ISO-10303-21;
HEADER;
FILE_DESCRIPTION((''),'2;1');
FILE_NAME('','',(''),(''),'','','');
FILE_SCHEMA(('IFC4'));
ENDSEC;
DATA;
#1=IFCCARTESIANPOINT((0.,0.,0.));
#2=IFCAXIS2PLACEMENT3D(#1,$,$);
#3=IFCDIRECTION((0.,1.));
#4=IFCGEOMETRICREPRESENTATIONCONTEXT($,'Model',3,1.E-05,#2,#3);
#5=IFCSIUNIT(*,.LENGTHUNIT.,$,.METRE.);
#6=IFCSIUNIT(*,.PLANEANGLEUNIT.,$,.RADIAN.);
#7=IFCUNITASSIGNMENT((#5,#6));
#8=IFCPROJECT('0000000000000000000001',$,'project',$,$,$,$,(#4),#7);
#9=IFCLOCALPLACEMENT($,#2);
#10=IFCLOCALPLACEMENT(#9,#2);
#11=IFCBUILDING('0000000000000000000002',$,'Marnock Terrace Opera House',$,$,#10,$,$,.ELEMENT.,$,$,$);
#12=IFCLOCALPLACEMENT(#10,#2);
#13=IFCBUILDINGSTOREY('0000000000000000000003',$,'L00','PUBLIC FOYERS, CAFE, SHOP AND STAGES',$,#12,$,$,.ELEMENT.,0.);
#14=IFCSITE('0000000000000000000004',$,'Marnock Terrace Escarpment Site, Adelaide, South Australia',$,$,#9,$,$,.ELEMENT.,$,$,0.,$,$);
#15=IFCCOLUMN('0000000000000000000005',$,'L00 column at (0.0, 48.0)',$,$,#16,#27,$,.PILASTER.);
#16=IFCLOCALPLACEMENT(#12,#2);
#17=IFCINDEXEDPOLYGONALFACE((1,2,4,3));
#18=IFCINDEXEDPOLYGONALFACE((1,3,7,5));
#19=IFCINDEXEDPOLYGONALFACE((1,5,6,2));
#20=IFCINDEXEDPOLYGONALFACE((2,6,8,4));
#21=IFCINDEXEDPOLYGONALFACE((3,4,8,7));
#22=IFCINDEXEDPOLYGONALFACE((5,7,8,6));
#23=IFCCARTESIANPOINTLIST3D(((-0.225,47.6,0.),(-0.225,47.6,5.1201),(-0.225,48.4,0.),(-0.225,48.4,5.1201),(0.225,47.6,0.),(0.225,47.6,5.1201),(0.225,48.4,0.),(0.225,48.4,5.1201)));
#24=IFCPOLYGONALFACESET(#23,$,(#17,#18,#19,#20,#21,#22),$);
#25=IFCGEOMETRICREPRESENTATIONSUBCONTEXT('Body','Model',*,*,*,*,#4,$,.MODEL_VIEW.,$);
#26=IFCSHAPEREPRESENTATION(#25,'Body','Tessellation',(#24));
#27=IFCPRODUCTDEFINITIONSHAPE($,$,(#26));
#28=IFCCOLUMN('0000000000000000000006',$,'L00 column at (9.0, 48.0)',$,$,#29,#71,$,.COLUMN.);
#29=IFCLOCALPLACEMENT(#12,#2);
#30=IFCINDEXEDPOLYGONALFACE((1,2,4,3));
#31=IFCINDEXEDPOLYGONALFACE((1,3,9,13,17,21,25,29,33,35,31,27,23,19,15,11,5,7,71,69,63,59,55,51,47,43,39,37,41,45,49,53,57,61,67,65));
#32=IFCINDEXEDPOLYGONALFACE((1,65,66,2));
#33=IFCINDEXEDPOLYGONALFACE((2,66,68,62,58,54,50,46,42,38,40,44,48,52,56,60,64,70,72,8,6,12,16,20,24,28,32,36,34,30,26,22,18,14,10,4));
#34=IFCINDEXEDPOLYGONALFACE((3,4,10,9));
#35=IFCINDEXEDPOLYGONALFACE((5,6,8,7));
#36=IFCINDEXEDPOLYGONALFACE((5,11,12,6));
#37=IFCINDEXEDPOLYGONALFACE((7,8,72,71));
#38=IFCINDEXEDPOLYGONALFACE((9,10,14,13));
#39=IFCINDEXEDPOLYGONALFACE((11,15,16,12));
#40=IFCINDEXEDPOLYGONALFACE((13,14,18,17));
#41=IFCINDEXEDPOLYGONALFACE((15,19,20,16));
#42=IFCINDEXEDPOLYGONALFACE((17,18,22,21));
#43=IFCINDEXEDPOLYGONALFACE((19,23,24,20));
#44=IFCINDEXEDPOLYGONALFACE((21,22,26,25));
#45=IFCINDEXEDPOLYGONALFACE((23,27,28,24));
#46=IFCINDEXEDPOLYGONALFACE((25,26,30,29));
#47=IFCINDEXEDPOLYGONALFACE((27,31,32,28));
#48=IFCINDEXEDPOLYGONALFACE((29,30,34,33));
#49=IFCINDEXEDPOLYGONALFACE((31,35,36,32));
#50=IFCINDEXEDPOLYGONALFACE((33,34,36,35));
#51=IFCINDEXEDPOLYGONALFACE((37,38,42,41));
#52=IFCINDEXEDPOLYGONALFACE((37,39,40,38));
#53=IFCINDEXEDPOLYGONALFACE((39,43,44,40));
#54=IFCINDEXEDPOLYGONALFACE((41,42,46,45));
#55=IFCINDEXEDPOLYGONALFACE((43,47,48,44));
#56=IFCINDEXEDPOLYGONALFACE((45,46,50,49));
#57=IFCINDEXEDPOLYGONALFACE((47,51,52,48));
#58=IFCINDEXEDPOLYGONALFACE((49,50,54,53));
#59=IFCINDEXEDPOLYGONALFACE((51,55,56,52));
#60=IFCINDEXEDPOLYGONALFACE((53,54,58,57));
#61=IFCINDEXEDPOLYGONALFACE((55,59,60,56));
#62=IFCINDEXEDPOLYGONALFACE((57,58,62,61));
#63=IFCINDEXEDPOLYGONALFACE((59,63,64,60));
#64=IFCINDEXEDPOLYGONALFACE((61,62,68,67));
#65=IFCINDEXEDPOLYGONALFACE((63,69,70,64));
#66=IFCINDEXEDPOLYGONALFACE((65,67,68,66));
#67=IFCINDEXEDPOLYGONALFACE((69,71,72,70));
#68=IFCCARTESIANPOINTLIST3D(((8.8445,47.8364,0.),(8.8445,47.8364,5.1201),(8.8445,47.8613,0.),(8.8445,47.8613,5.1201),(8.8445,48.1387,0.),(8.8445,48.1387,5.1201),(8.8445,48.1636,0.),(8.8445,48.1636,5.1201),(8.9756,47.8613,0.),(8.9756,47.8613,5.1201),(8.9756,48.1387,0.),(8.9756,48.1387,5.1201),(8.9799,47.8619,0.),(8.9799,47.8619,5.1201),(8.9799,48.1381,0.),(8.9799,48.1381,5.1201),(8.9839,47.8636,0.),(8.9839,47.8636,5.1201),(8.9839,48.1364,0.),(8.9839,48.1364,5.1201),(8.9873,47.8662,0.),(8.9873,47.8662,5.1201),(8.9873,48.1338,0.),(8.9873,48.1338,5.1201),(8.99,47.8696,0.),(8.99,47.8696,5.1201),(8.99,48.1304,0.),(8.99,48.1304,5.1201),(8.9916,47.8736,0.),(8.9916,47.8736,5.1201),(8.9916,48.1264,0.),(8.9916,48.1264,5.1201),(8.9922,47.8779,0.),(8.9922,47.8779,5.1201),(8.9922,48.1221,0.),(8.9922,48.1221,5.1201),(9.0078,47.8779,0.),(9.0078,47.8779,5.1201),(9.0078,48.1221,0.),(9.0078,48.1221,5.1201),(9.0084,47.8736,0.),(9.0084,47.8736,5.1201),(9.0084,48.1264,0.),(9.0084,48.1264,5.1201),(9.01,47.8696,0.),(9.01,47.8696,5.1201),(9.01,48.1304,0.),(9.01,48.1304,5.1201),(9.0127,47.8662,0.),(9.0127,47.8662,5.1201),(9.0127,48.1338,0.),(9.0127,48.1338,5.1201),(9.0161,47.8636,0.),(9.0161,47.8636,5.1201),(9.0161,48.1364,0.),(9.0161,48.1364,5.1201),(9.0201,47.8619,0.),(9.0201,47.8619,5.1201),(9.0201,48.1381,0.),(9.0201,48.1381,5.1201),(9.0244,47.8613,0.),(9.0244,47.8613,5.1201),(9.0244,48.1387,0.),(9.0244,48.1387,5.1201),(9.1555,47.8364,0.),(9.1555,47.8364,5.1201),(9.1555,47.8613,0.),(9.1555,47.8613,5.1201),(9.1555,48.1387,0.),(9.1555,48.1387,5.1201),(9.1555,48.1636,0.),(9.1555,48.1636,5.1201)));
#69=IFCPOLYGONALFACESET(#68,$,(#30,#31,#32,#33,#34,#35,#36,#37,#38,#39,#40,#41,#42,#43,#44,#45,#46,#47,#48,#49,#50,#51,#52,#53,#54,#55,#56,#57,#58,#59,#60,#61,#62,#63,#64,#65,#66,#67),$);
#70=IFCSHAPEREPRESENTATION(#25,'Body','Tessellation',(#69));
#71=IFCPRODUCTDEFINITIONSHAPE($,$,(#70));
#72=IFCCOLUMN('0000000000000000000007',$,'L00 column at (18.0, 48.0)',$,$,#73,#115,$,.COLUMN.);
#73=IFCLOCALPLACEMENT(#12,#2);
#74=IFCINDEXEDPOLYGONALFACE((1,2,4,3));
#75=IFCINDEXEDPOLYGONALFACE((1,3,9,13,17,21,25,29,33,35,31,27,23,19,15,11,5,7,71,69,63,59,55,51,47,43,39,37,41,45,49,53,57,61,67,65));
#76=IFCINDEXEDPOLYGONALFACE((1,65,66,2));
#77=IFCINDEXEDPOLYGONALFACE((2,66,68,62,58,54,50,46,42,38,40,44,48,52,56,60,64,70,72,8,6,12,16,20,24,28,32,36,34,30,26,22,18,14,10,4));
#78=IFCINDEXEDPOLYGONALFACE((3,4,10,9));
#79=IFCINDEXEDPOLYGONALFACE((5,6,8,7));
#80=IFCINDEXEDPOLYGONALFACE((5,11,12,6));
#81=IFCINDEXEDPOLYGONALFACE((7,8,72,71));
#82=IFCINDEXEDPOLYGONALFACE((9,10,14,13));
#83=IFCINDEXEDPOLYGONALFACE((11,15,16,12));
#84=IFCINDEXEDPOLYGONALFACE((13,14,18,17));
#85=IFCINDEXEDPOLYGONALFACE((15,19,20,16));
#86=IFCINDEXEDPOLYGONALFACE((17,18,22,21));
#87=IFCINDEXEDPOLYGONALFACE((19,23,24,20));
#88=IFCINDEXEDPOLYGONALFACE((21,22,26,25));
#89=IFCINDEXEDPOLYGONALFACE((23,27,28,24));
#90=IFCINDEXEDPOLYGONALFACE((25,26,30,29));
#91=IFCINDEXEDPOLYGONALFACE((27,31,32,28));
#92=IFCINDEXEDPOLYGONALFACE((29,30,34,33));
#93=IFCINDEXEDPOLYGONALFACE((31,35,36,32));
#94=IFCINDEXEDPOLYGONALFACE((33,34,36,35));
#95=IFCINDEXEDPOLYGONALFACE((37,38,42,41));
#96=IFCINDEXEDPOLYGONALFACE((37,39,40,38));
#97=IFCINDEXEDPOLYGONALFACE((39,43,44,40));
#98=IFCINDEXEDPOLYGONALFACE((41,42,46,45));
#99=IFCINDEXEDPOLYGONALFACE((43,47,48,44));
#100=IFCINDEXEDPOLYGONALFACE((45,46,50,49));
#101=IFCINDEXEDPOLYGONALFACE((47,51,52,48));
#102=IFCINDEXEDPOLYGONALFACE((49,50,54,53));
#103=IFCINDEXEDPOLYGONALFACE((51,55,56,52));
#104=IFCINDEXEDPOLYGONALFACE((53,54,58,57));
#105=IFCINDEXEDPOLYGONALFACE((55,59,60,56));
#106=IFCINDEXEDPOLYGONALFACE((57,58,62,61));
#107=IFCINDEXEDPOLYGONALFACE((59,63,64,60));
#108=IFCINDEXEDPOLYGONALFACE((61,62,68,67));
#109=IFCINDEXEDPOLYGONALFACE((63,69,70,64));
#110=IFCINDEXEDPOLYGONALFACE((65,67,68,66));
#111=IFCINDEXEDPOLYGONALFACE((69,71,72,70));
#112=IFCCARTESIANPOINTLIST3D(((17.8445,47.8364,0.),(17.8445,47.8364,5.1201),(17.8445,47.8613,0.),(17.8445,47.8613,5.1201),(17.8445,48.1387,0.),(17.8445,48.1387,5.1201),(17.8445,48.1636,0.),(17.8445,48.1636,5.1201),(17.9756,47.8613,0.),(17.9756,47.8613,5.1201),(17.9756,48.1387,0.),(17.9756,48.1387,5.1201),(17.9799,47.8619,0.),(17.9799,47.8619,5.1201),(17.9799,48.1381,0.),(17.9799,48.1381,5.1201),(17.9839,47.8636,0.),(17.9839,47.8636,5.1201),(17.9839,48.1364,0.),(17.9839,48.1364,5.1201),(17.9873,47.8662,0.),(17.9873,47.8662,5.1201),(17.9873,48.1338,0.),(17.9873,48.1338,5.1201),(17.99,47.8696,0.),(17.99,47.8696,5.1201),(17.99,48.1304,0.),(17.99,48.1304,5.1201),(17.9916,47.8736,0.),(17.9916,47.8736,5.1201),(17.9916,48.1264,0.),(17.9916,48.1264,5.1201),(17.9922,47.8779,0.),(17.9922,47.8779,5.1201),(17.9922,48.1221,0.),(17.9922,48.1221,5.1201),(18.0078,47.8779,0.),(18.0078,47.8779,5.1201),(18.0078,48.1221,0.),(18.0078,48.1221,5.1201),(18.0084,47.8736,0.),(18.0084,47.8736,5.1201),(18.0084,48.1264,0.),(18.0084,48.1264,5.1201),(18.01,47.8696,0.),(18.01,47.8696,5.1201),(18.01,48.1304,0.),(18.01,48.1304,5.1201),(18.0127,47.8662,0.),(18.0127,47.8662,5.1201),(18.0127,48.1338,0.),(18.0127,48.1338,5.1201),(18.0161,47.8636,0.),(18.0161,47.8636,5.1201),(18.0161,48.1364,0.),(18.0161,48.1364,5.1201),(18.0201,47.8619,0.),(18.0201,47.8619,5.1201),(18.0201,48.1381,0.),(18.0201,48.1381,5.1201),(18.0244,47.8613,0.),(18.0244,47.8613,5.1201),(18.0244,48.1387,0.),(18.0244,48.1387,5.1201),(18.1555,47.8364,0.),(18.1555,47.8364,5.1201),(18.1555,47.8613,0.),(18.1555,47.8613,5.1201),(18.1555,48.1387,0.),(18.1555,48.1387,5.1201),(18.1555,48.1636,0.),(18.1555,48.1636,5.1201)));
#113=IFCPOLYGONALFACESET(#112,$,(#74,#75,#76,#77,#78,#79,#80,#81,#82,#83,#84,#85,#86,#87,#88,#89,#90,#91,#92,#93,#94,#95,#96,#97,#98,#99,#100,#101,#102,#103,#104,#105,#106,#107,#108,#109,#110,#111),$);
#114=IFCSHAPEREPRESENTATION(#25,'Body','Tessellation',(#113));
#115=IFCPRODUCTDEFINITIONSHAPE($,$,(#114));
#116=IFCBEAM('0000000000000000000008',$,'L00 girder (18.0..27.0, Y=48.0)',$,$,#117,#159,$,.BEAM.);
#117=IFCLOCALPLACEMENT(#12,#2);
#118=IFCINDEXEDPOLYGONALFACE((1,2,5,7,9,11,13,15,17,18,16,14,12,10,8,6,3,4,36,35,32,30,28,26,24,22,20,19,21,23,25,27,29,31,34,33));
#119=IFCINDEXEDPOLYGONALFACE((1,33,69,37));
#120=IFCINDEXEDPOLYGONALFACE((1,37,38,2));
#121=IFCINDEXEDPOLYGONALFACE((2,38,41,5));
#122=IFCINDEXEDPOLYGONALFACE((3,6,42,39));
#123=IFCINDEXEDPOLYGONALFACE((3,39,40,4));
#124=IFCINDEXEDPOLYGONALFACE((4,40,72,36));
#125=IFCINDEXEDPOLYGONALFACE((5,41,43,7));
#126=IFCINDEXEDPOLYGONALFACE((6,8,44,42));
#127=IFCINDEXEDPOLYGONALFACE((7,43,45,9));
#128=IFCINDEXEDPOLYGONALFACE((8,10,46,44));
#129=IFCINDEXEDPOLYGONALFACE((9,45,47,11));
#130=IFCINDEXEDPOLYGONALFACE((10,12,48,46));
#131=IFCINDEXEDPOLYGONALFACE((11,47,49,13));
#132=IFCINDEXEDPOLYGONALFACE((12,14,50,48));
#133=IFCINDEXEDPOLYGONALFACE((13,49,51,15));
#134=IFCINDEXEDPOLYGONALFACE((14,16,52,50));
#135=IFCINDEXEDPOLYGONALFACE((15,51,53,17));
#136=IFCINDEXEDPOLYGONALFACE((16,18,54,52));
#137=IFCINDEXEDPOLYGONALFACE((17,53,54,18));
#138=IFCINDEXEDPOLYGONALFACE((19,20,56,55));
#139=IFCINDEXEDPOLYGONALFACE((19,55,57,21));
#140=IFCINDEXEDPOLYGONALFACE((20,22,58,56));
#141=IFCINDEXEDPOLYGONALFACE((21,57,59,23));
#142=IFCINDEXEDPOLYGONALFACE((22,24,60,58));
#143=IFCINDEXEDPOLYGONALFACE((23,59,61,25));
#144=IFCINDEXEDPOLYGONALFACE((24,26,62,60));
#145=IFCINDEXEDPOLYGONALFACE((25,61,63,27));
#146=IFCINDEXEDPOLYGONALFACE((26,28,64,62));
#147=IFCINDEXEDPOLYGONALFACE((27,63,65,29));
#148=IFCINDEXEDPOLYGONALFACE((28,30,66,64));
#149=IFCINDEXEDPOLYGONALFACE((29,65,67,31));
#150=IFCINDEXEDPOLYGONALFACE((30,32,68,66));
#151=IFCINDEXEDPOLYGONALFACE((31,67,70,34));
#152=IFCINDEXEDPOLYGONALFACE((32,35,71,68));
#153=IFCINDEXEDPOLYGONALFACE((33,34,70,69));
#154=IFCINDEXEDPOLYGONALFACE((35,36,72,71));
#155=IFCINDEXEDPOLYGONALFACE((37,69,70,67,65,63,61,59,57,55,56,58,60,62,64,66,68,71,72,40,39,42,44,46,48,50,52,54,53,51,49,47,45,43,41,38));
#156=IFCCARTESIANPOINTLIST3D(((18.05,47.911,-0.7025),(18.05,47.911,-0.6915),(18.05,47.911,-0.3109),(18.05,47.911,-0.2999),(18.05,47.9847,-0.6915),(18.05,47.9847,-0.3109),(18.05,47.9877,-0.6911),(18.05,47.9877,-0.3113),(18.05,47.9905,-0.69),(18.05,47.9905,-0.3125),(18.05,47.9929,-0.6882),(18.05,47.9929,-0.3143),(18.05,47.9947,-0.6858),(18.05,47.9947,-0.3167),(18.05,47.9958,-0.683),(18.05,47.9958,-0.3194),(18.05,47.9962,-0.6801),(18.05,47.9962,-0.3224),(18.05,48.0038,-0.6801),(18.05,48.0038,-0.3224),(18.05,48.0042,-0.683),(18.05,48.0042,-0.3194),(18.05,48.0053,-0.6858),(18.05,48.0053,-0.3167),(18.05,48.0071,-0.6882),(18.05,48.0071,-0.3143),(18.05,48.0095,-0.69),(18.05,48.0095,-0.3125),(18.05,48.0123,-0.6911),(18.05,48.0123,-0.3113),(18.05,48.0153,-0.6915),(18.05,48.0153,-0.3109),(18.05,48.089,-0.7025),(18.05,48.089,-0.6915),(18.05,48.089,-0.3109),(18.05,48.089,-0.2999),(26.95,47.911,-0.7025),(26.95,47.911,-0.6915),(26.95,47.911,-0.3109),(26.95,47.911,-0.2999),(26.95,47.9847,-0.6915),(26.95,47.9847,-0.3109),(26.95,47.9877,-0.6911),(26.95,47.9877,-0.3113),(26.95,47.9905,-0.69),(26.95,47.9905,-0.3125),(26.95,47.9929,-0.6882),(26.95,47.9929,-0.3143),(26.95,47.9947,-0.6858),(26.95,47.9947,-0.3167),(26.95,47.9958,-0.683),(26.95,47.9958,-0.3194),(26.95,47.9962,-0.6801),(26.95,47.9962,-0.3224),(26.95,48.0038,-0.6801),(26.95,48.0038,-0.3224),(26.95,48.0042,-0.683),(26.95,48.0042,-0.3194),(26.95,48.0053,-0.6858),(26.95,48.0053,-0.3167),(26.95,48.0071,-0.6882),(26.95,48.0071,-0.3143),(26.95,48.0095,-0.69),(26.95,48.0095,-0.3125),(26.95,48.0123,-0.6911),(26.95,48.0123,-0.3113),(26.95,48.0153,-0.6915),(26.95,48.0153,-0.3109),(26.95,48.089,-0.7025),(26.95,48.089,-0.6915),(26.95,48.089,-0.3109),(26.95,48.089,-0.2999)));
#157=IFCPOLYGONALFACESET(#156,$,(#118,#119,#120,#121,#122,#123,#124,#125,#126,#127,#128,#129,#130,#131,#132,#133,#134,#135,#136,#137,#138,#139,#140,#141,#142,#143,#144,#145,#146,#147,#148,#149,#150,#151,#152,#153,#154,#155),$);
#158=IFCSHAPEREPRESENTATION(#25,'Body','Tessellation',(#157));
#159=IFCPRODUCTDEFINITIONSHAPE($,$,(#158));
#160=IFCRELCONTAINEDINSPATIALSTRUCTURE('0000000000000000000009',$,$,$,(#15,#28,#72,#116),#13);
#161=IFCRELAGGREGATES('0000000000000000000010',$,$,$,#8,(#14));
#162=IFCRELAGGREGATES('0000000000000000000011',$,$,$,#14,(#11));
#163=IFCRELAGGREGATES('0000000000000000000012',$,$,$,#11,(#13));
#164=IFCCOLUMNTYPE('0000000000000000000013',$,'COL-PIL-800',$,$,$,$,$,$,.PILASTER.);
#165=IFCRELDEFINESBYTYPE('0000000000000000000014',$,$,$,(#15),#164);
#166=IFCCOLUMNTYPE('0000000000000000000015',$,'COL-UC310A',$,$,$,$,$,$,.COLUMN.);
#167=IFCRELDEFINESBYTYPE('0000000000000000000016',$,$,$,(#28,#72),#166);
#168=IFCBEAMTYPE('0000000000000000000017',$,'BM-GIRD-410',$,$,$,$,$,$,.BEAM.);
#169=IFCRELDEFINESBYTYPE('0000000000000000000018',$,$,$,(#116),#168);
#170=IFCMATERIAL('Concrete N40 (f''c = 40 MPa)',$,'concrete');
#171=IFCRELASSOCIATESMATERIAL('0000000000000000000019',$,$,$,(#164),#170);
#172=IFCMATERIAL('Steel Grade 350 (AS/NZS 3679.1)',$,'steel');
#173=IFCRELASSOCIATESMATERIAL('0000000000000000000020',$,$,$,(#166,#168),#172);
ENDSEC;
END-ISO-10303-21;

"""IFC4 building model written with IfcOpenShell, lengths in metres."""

from ifc_helpers import new_model, si_unit, direction, frame, origin, origin_2d, place, context, subcontext, project, spatial, rectangle, i_section, extrude, material, material_profile, profile_set, type_object, element, save


model = new_model("IFC4")

# Units and contexts
model_context = context("Model", 3, precision=1e-05, world=origin(), true_north=direction((0.0, 1.0)))
body_context = subcontext(model_context, "Body", "Model", "MODEL_VIEW")
ifc_project = project(units=[si_unit("LENGTHUNIT", "METRE"), si_unit("PLANEANGLEUNIT", "RADIAN")], contexts=[model_context])

# Site, building, storey
site_placement = place(None, origin())
site = spatial("IfcSite", under=ifc_project, at=site_placement, Name="Marnock Terrace Escarpment Site, Adelaide, South Australia", CompositionType="ELEMENT", RefElevation=0.0)
building_placement = place(site_placement, origin())
building = spatial("IfcBuilding", under=site, at=building_placement, Name="Marnock Terrace Opera House", CompositionType="ELEMENT")
storey_placement = place(building_placement, origin())
storey = spatial("IfcBuildingStorey", under=building, at=storey_placement, Name="L00", Description="PUBLIC FOYERS, CAFE, SHOP AND STAGES", CompositionType="ELEMENT", Elevation=0.0)

# Columns
ifc_material_1 = material(Name="Concrete N40 (f'c = 40 MPa)", Category="concrete")
ifc_material_profile_1 = material_profile(ifc_material_1, rectangle(XDim=0.45, YDim=0.8, at=origin_2d()))
ifc_profile_set_1 = profile_set([ifc_material_profile_1], Name="Concrete N40 (f'c = 40 MPa)")
column_type_1 = type_object("IfcColumnType", Name="COL-PIL-800", PredefinedType="PILASTER", material=ifc_profile_set_1)
column_placement = place(storey_placement, frame((0.0, 48.0, 0.0), z_axis=(0.0, 0.0, 1.0), x_axis=(1.0, 0.0, 0.0)))
element("IfcColumn", 1, at=column_placement, inside=storey, type_object=column_type_1, Name="L00 column at (0.0, 48.0)", PredefinedType="PILASTER", context=body_context, shape_type="SweptSolid", body=[
    extrude(rectangle(XDim=0.45, YDim=0.8, at=origin_2d()), origin(), (0.0, 0.0, 1.0), 5.1201),
])
ifc_material_2 = material(Name="Steel Grade 350 (AS/NZS 3679.1)", Category="steel")
ifc_material_profile_2 = material_profile(ifc_material_2, i_section(OverallWidth=0.311, OverallDepth=0.3271, WebThickness=0.0156, FlangeThickness=0.0249, FilletRadius=0.0166, at=origin_2d()))
ifc_profile_set_2 = profile_set([ifc_material_profile_2], Name="Steel Grade 350 (AS/NZS 3679.1)")
column_type_2 = type_object("IfcColumnType", Name="COL-UC310A", PredefinedType="COLUMN", material=ifc_profile_set_2)
for number, where, z_axis, x_axis, name in (
    (2, (9.0, 48.0, 0.0), (0.0, 0.0, 1.0), (1.0, 0.0, 0.0), "L00 column at (9.0, 48.0)"),
    (3, (18.0, 48.0, 0.0), (0.0, 0.0, 1.0), (1.0, 0.0, 0.0), "L00 column at (18.0, 48.0)"),
):
    element("IfcColumn", number, at=place(storey_placement, frame(where, z_axis=z_axis, x_axis=x_axis)), inside=storey, type_object=column_type_2, Name=name, PredefinedType="COLUMN", context=body_context, shape_type="SweptSolid", body=[
        extrude(i_section(OverallWidth=0.311, OverallDepth=0.3271, WebThickness=0.0156, FlangeThickness=0.0249, FilletRadius=0.0166, at=origin_2d()), origin(), (0.0, 0.0, 1.0), 5.1201),
    ])

# Beam
ifc_material_profile_3 = material_profile(ifc_material_2, i_section(OverallWidth=0.178, OverallDepth=0.4026, WebThickness=0.0076, FlangeThickness=0.011, FilletRadius=0.0115, at=origin_2d()))
ifc_profile_set_3 = profile_set([ifc_material_profile_3], Name="Steel Grade 350 (AS/NZS 3679.1)")
beam_type_1 = type_object("IfcBeamType", Name="BM-GIRD-410", PredefinedType="BEAM", material=ifc_profile_set_3)
beam_1_placement = place(storey_placement, frame((18.05, 48.0, -0.5012), z_axis=(1.0, 0.0, 0.0), x_axis=(0.0, 1.0, 0.0)))
element("IfcBeam", 4, at=beam_1_placement, inside=storey, type_object=beam_type_1, Name="L00 girder (18.0..27.0, Y=48.0)", PredefinedType="BEAM", context=body_context, shape_type="SweptSolid", body=[
    extrude(i_section(OverallWidth=0.178, OverallDepth=0.4026, WebThickness=0.0076, FlangeThickness=0.011, FilletRadius=0.0115, at=origin_2d()), origin(), (0.0, 0.0, 1.0), 8.8999),
])

save(model, "model.ifc")
